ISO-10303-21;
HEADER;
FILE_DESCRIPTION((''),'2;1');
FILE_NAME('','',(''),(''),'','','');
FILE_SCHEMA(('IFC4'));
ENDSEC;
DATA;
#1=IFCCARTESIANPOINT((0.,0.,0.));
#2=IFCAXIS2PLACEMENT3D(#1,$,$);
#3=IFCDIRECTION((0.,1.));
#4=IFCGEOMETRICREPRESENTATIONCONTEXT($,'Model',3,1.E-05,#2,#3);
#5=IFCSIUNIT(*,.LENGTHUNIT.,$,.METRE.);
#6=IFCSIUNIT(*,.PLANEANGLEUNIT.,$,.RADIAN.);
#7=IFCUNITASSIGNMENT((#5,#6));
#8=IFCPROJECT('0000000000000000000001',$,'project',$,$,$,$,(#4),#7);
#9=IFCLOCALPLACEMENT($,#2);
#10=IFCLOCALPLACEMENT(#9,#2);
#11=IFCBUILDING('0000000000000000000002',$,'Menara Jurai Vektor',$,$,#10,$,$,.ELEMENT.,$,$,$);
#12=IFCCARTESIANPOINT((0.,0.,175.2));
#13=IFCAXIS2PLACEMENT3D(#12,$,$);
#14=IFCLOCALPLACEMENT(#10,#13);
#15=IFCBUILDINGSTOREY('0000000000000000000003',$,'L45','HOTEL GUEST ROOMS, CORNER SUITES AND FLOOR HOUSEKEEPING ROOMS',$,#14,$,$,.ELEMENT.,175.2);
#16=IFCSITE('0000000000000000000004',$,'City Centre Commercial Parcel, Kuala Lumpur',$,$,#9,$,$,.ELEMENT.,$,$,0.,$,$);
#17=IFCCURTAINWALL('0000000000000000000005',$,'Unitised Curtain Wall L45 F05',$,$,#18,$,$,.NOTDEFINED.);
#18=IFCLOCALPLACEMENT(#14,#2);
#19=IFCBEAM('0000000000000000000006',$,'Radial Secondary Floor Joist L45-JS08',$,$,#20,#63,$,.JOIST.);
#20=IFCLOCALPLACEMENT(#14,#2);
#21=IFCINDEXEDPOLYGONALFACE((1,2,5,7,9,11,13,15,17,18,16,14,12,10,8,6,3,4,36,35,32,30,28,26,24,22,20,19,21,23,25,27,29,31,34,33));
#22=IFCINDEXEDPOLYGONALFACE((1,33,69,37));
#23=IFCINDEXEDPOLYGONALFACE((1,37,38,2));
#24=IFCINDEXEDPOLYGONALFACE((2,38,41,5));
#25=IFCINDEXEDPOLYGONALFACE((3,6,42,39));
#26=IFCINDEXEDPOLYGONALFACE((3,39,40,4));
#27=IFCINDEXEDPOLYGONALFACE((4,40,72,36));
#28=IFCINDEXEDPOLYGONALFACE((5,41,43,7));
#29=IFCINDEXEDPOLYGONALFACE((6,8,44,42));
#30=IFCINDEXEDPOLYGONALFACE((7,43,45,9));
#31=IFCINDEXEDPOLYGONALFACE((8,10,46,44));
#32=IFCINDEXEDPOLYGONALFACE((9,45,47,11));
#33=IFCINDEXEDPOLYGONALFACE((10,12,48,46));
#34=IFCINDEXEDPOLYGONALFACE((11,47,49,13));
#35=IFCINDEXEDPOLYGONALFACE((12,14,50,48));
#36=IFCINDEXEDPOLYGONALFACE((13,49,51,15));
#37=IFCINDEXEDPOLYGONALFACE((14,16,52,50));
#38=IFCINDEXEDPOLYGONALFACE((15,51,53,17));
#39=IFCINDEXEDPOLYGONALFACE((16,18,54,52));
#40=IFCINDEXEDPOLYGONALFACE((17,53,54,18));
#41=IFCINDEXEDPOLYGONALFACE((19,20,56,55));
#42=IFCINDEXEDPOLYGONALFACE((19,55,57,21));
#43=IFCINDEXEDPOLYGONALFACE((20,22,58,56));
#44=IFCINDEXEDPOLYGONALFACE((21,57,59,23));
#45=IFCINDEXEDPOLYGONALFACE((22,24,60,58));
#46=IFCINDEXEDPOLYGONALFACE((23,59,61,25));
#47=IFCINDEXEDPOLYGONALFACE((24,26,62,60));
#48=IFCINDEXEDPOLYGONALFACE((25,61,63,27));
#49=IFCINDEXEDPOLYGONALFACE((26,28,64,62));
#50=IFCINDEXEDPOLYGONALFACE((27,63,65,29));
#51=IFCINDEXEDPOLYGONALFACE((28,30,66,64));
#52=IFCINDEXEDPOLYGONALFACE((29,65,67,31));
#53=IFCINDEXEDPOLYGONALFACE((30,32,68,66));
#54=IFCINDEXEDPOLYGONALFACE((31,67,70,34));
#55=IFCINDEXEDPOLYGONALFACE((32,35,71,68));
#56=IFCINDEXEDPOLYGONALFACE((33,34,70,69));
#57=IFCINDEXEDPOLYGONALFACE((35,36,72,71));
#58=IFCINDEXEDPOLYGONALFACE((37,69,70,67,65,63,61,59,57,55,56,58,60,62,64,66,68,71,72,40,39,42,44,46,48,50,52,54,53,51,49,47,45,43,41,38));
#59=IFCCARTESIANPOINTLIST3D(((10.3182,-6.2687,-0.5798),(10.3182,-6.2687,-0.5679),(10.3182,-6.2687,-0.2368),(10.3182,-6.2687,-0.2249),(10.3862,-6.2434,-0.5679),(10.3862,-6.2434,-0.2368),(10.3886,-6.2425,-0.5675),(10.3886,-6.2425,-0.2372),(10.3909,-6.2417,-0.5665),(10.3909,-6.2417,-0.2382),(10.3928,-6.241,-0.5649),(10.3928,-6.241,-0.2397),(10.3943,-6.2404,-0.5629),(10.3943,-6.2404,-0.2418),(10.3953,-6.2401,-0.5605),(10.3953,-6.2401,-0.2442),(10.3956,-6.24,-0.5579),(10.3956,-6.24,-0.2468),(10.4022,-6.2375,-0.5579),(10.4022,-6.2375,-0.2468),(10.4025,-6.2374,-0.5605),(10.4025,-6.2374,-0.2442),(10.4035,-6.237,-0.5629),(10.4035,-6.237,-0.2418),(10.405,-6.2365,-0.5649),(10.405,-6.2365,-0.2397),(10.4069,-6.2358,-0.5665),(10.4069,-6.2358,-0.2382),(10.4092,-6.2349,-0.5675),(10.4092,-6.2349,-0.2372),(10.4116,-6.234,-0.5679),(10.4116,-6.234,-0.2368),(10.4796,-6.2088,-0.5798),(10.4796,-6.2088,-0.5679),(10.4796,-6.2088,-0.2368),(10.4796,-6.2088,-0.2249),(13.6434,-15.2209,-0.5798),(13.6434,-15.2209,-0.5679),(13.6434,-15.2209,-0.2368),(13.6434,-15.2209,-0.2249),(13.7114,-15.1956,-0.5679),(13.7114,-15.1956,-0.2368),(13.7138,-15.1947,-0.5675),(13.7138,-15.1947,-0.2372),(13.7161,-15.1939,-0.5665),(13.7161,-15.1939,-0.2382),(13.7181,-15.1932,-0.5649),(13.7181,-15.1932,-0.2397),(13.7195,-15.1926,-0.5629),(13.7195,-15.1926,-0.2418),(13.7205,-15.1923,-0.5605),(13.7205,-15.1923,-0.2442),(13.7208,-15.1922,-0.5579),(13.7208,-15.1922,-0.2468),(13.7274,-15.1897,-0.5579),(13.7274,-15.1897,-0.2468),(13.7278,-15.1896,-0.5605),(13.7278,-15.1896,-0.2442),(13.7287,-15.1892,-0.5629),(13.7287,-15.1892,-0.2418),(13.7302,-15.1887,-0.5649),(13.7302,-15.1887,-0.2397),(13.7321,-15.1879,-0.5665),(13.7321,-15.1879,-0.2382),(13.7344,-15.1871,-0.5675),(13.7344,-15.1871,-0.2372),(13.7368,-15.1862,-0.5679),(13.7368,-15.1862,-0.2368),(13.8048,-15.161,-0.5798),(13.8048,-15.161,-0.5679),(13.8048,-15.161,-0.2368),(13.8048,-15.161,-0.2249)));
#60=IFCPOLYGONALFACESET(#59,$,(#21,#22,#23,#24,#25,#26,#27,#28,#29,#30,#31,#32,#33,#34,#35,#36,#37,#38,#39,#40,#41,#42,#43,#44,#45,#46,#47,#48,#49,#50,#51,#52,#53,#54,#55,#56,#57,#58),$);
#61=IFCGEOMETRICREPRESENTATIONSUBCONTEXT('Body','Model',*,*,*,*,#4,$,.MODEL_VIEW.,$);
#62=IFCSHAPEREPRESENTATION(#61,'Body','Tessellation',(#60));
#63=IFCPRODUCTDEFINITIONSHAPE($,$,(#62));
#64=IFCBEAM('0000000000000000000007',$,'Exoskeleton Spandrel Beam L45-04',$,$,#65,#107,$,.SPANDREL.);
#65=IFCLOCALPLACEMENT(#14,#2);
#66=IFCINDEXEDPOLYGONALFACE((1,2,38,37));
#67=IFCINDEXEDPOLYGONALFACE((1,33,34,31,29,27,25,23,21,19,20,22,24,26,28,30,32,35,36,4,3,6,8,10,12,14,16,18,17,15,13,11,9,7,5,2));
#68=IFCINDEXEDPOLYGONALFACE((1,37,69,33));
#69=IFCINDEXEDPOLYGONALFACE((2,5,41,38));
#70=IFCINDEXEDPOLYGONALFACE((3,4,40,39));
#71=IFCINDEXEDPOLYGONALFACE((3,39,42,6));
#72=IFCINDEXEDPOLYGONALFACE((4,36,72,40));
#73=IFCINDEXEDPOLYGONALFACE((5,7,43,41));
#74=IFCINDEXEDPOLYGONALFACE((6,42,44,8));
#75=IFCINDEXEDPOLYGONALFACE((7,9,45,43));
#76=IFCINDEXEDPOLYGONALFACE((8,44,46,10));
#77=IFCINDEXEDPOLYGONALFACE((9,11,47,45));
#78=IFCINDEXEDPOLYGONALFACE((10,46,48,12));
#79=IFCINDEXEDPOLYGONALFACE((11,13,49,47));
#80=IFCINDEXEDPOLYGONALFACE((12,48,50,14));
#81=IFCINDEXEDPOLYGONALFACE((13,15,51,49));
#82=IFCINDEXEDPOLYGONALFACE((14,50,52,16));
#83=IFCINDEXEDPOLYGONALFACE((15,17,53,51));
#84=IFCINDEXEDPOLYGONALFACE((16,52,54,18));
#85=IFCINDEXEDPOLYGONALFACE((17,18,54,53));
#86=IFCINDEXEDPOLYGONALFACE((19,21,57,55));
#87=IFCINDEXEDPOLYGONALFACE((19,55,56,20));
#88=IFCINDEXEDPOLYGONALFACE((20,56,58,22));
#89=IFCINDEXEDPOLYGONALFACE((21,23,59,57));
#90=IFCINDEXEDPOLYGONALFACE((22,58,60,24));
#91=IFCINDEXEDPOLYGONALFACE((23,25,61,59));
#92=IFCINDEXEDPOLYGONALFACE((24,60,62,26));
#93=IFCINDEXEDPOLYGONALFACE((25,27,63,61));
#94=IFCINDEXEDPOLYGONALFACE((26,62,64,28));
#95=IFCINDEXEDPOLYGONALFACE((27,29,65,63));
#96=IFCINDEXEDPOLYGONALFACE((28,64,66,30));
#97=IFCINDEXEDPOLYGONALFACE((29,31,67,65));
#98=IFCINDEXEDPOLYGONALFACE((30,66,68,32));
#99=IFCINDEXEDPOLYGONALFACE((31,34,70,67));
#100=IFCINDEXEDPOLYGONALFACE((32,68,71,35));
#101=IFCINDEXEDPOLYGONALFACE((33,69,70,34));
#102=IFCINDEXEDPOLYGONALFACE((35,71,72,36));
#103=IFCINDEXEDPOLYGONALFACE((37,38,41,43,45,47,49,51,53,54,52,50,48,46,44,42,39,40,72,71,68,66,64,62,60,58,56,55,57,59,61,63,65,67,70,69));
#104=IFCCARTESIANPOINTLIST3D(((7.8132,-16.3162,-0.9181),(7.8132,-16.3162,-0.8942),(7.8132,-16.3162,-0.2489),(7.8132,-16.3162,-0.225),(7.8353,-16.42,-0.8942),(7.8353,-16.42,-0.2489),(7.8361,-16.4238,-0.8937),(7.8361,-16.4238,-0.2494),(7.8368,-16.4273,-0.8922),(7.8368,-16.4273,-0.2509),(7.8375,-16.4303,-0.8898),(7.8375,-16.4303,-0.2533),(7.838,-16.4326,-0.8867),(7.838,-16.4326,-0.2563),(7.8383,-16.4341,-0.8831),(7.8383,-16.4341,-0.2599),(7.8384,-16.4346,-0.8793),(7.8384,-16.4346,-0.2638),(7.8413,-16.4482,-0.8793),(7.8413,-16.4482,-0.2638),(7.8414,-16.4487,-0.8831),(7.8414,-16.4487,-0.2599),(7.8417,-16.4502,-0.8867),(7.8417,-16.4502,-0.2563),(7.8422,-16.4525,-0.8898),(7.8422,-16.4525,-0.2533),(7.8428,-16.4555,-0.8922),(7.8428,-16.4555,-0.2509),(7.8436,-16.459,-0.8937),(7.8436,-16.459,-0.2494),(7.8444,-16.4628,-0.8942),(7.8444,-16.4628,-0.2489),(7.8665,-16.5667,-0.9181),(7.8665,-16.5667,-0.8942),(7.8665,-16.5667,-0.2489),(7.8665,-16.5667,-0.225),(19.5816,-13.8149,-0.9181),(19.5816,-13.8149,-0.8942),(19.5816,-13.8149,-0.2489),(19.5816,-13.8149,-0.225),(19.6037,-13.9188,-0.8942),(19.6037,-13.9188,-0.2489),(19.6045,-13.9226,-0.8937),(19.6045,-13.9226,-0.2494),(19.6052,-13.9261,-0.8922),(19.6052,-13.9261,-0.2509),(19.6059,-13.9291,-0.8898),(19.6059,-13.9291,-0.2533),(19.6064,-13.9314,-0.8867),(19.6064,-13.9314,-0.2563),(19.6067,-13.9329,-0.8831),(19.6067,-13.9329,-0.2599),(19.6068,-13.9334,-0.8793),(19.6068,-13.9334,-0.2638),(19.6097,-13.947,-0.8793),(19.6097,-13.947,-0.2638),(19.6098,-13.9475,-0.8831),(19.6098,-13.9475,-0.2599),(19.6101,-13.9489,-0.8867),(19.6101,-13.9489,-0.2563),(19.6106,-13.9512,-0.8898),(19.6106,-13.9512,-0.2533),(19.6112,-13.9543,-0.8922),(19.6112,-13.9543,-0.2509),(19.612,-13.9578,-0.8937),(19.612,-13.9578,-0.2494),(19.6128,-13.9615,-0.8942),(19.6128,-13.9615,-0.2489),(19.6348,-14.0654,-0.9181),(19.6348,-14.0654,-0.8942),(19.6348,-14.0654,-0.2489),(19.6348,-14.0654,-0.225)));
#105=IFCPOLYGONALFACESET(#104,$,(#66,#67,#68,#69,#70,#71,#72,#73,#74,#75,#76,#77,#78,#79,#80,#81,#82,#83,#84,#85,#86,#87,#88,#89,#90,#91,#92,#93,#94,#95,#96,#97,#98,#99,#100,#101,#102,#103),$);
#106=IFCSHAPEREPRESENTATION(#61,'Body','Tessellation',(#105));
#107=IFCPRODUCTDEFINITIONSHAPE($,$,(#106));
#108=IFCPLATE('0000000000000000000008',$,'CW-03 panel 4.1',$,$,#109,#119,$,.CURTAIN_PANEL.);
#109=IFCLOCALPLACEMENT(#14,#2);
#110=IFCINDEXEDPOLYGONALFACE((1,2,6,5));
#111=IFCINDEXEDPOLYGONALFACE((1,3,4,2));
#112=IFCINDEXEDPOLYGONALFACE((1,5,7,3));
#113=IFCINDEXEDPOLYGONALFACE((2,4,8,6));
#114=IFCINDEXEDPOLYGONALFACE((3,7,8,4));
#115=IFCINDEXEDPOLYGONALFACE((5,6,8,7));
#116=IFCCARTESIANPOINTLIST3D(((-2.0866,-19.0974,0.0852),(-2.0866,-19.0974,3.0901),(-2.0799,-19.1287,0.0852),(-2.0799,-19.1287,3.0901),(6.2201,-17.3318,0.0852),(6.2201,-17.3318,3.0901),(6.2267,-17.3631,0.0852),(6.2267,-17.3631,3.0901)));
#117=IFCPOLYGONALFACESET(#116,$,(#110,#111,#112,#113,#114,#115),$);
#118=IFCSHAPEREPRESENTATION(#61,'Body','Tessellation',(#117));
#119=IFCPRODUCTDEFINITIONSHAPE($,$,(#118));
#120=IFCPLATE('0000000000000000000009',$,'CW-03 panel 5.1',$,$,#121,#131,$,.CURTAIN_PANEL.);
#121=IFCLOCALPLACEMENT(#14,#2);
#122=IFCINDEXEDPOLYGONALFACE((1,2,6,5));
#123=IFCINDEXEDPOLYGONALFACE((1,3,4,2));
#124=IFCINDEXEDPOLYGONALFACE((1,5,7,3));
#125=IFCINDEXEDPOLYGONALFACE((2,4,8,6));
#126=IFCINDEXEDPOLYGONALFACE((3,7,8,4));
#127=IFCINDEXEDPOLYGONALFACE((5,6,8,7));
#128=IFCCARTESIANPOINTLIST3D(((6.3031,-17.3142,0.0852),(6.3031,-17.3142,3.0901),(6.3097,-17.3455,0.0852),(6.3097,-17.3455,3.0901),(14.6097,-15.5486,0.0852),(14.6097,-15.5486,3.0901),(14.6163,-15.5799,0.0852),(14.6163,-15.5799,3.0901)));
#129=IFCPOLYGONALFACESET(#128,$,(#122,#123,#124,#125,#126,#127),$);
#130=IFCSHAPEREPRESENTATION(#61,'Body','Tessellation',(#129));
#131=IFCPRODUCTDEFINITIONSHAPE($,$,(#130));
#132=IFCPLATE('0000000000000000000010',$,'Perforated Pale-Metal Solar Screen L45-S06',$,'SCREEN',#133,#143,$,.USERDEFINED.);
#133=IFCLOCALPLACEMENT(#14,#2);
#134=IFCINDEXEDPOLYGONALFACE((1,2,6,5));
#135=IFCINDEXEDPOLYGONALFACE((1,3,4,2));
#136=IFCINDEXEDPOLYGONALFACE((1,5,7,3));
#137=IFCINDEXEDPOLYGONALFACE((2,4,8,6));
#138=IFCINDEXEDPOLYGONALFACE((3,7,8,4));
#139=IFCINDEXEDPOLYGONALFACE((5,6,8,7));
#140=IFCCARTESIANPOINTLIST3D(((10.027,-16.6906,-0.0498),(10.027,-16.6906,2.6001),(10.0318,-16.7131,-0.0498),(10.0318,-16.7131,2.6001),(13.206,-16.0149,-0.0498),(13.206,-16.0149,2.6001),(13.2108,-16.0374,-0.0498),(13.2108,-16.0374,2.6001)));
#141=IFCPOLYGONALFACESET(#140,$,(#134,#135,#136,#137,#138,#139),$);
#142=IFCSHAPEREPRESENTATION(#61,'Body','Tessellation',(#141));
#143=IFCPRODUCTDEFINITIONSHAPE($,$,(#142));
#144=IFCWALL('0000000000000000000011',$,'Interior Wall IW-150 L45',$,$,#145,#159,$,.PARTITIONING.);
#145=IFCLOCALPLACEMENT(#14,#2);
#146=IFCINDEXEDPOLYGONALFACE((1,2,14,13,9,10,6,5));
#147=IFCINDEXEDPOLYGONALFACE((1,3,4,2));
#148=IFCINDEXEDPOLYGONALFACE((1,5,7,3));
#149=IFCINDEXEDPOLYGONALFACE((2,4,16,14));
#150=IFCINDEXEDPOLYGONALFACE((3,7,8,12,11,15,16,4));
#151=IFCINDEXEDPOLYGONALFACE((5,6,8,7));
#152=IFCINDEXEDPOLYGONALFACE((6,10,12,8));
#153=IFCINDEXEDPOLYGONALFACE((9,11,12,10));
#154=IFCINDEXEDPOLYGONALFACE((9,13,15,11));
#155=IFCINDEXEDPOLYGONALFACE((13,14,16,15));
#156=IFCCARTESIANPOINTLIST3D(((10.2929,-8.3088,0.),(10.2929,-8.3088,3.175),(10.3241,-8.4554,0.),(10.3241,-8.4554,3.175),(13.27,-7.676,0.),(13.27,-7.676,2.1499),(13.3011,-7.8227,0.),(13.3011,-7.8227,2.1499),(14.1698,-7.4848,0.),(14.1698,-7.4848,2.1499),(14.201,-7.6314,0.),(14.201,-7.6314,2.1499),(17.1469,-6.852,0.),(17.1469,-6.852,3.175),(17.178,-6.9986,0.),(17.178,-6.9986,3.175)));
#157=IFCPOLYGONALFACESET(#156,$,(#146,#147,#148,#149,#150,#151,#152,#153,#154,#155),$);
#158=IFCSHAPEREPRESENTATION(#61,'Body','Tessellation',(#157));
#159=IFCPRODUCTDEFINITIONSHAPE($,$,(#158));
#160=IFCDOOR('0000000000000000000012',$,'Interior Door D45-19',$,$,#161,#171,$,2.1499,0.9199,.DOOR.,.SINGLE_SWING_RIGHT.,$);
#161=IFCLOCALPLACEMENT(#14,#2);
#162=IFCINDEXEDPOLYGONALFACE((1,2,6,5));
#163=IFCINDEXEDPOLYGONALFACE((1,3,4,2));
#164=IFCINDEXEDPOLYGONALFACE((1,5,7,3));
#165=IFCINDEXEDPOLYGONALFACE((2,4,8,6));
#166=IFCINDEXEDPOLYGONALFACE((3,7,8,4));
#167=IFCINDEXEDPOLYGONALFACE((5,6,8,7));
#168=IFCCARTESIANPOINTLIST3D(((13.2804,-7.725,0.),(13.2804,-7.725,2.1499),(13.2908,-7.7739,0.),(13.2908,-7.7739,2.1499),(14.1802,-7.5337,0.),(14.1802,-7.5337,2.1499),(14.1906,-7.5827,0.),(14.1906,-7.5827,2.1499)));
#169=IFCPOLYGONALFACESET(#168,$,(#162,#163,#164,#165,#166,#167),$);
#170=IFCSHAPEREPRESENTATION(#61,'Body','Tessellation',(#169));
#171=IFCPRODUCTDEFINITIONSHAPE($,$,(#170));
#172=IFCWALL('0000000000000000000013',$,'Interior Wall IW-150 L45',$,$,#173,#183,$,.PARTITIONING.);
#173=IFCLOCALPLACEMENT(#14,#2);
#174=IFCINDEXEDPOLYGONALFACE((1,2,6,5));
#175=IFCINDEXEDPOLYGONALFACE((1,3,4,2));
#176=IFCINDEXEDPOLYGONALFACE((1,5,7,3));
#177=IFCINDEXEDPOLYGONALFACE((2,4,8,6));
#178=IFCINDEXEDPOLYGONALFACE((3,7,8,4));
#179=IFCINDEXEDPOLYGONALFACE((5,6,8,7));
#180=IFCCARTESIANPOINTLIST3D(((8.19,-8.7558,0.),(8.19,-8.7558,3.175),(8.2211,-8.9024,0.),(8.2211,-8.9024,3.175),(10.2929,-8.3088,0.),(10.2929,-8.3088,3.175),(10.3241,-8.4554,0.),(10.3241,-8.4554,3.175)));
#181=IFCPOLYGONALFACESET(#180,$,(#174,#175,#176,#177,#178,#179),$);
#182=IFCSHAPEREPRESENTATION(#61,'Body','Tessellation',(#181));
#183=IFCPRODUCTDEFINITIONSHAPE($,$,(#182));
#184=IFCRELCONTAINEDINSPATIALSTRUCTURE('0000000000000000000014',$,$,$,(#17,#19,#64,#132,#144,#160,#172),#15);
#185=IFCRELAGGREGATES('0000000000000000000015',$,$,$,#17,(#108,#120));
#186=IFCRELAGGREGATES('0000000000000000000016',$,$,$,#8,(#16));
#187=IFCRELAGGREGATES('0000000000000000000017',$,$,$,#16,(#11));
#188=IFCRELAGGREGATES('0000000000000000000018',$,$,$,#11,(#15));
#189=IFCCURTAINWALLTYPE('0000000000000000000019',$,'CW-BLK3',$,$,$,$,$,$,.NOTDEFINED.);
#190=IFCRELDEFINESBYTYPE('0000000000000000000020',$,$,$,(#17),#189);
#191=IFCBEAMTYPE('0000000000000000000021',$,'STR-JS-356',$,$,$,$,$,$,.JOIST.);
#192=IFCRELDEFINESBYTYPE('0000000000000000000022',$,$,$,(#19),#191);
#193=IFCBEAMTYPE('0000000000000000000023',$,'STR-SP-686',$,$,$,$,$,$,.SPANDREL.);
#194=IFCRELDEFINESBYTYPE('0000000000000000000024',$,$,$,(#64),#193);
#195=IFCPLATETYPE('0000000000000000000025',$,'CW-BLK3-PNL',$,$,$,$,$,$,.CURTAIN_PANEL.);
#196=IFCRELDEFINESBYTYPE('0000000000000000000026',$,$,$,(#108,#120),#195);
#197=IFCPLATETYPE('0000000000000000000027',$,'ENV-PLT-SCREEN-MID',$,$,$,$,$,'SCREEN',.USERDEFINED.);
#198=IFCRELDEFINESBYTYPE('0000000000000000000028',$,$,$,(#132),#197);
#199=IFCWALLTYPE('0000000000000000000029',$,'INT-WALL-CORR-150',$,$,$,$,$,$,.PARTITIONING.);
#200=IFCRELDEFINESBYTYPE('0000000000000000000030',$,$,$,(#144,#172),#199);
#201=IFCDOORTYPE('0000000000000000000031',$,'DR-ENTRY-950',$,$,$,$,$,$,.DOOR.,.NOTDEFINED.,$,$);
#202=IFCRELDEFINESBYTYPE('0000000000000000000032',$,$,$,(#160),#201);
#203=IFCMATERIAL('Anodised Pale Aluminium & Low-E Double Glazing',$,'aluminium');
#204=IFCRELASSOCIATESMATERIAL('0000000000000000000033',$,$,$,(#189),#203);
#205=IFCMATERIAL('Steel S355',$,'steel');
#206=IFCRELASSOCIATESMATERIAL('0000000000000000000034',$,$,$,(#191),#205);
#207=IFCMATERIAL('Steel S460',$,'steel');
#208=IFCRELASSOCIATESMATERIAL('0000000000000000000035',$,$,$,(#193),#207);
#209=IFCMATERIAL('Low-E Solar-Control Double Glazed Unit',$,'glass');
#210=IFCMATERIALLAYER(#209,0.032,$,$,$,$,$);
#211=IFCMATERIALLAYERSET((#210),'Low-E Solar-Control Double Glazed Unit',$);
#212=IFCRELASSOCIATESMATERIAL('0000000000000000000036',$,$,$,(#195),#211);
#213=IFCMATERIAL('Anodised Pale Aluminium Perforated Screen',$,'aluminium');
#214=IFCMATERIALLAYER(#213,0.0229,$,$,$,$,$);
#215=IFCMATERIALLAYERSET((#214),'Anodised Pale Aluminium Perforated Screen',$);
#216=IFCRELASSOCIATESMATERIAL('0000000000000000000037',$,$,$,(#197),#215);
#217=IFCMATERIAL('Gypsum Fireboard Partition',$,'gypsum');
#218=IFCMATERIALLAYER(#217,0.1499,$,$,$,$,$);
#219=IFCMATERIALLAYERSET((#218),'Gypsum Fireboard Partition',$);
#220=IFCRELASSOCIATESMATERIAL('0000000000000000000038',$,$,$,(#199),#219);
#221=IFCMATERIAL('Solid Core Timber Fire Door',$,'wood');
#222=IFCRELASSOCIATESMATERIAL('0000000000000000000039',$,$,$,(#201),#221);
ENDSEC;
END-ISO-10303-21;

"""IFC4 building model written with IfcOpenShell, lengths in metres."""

from ifc_helpers import new_model, si_unit, direction, frame, frame_2d, origin, origin_2d, place, context, subcontext, project, spatial, rectangle, i_section, extrude, material, layer, layer_set, material_profile, profile_set, type_object, element, fill, aggregate, save


model = new_model("IFC4")

# Units and contexts
model_context = context("Model", 3, precision=1e-05, world=origin(), true_north=direction((0.0, 1.0)))
body_context = subcontext(model_context, "Body", "Model", "MODEL_VIEW")
ifc_project = project(units=[si_unit("LENGTHUNIT", "METRE"), si_unit("PLANEANGLEUNIT", "RADIAN")], contexts=[model_context])

# Site, building, storey
site_placement = place(None, origin())
site = spatial("IfcSite", under=ifc_project, at=site_placement, Name="City Centre Commercial Parcel, Kuala Lumpur", CompositionType="ELEMENT", RefElevation=0.0)
building_placement = place(site_placement, origin())
building = spatial("IfcBuilding", under=site, at=building_placement, Name="Menara Jurai Vektor", CompositionType="ELEMENT")
storey_placement = place(building_placement, frame((0.0, 0.0, 175.2)))
storey = spatial("IfcBuildingStorey", under=building, at=storey_placement, Name="L45", Description="HOTEL GUEST ROOMS, CORNER SUITES AND FLOOR HOUSEKEEPING ROOMS", CompositionType="ELEMENT", Elevation=175.2)

# Shared definitions
ifc_material_1 = material(Name="Steel S460", Category="steel")

# Curtain wall
ifc_material_2 = material(Name="Anodised Pale Aluminium & Low-E Double Glazing", Category="aluminium")
curtain_wall_type = type_object("IfcCurtainWallType", Name="CW-BLK3", PredefinedType="NOTDEFINED", material=ifc_material_2)
curtain_wall_placement = place(storey_placement, origin())
curtain_wall = element("IfcCurtainWall", 1, at=curtain_wall_placement, inside=storey, type_object=curtain_wall_type, Name="Unitised Curtain Wall L45 F05", PredefinedType="NOTDEFINED")

# Beams
ifc_material_3 = material(Name="Steel S355", Category="steel")
ifc_material_profile_1 = material_profile(ifc_material_3, i_section(OverallWidth=0.1721, OverallDepth=0.355, WebThickness=0.0071, FlangeThickness=0.012, FilletRadius=0.01, at=origin_2d()), Name="UKB 356x171x51")
ifc_profile_set_1 = profile_set([ifc_material_profile_1], Name="Steel S355")
beam_type_1 = type_object("IfcBeamType", Name="STR-JS-356", PredefinedType="JOIST", material=ifc_profile_set_1)
beam_1_placement = place(storey_placement, frame((13.7241, -15.1909, -0.4023), z_axis=(-0.348197, 0.937421, 0.0), x_axis=(-0.937421, -0.348197, 0.0)))
element("IfcBeam", 2, at=beam_1_placement, inside=storey, type_object=beam_type_1, Name="Radial Secondary Floor Joist L45-JS08", PredefinedType="JOIST", context=body_context, shape_type="SweptSolid", body=[
    extrude(i_section(OverallWidth=0.1721, OverallDepth=0.355, WebThickness=0.0071, FlangeThickness=0.012, FilletRadius=0.01, at=origin_2d()), origin(), (0.0, 0.0, 1.0), 9.5498),
])
ifc_material_profile_2 = material_profile(ifc_material_1, i_section(OverallWidth=0.2561, OverallDepth=0.6931, WebThickness=0.0139, FlangeThickness=0.0239, FilletRadius=0.0149, at=origin_2d()), Name="UKB 686x254x170")
ifc_profile_set_2 = profile_set([ifc_material_profile_2], Name="Steel S460")
beam_type_2 = type_object("IfcBeamType", Name="STR-SP-686", PredefinedType="SPANDREL", material=ifc_profile_set_2)
beam_2_placement = place(storey_placement, frame((7.8398, -16.4414, -0.5715), z_axis=(0.978151, 0.207895, 0.0), x_axis=(-0.207895, 0.978151, 0.0)))
element("IfcBeam", 3, at=beam_2_placement, inside=storey, type_object=beam_type_2, Name="Exoskeleton Spandrel Beam L45-04", PredefinedType="SPANDREL", context=body_context, shape_type="SweptSolid", body=[
    extrude(i_section(OverallWidth=0.2561, OverallDepth=0.6931, WebThickness=0.0139, FlangeThickness=0.0239, FilletRadius=0.0149, at=origin_2d()), origin(), (0.0, 0.0, 1.0), 12.0312),
])

# Plates
ifc_material_4 = material(Name="Low-E Solar-Control Double Glazed Unit", Category="glass")
ifc_layer_1 = layer(ifc_material_4, 0.032)
ifc_layer_set_1 = layer_set([ifc_layer_1], Name="Low-E Solar-Control Double Glazed Unit")
plate_type_1 = type_object("IfcPlateType", Name="CW-BLK3-PNL", PredefinedType="CURTAIN_PANEL", material=ifc_layer_set_1)
plate_1_placement = place(storey_placement, frame((2.0701, -18.2302, 0.0852), z_axis=(0.0, 0.0, 1.0), x_axis=(0.978148, 0.207911, 0.0)))
plate_1 = element("IfcPlate", 4, at=plate_1_placement, type_object=plate_type_1, Name="CW-03 panel 4.1", PredefinedType="CURTAIN_PANEL", context=body_context, shape_type="SweptSolid", body=[
    extrude(rectangle(XDim=8.4922, YDim=0.032, at=origin_2d()), origin(), (0.0, 0.0, 1.0), 3.0049),
])
plate_2_placement = place(storey_placement, frame((10.4597, -16.447, 0.0852), z_axis=(0.0, 0.0, 1.0), x_axis=(0.978148, 0.207911, 0.0)))
plate_2 = element("IfcPlate", 5, at=plate_2_placement, type_object=plate_type_1, Name="CW-03 panel 5.1", PredefinedType="CURTAIN_PANEL", context=body_context, shape_type="SweptSolid", body=[
    extrude(rectangle(XDim=8.4922, YDim=0.032, at=origin_2d()), origin(), (0.0, 0.0, 1.0), 3.0049),
])
aggregate(curtain_wall, [plate_1, plate_2])
ifc_material_5 = material(Name="Anodised Pale Aluminium Perforated Screen", Category="aluminium")
ifc_layer_2 = layer(ifc_material_5, 0.0229)
ifc_layer_set_2 = layer_set([ifc_layer_2], Name="Anodised Pale Aluminium Perforated Screen")
plate_type_2 = type_object("IfcPlateType", Name="ENV-PLT-SCREEN-MID", ElementType="SCREEN", PredefinedType="USERDEFINED", material=ifc_layer_set_2)
plate_3_placement = place(storey_placement, frame((11.6189, -16.364, -0.0498), z_axis=(0.0, 0.0, 1.0), x_axis=(0.978148, 0.207912, 0.0)))
element("IfcPlate", 6, at=plate_3_placement, inside=storey, type_object=plate_type_2, Name="Perforated Pale-Metal Solar Screen L45-S06", ObjectType="SCREEN", PredefinedType="USERDEFINED", context=body_context, shape_type="SweptSolid", body=[
    extrude(rectangle(XDim=3.25, YDim=0.0229, at=origin_2d()), origin(), (0.0, 0.0, 1.0), 2.6499),
])

# Wall, opening, door
ifc_material_6 = material(Name="Gypsum Fireboard Partition", Category="gypsum")
ifc_layer_3 = layer(ifc_material_6, 0.1499)
ifc_layer_set_3 = layer_set([ifc_layer_3], Name="Gypsum Fireboard Partition")
wall_type_1 = type_object("IfcWallType", Name="INT-WALL-CORR-150", PredefinedType="PARTITIONING", material=ifc_layer_set_3)
wall_1_placement = place(storey_placement, frame((10.3086, -8.3821, 0.0), z_axis=(0.0, 0.0, 1.0), x_axis=(0.97815, 0.207901, 0.0)))
wall_1 = element("IfcWall", 7, at=wall_1_placement, inside=storey, type_object=wall_type_1, Name="Interior Wall IW-150 L45", PredefinedType="PARTITIONING", context=body_context, shape_type="SweptSolid", body=[
    extrude(rectangle(XDim=7.0071, YDim=0.1499, at=frame_2d((3.5034, 0.0))), origin(), (0.0, 0.0, 1.0), 3.175),
])
opening_1_placement = place(wall_1_placement, frame((3.0435, 0.0, 0.0)))
opening_1 = element("IfcOpeningElement", 8, at=opening_1_placement, cuts=wall_1, PredefinedType="OPENING", context=body_context, shape_type="SweptSolid", body=[
    extrude(rectangle(XDim=0.9199, YDim=2.1499, at=frame_2d((0.46, 1.075))), frame((0.0, 0.085, 0.0), z_axis=(0.0, -1.0, 0.0), x_axis=(1.0, 0.0, 0.0)), (0.0, 0.0, 1.0), 0.1699),
])
ifc_material_7 = material(Name="Solid Core Timber Fire Door", Category="wood")
door_type_1 = type_object("IfcDoorType", Name="DR-ENTRY-950", OperationType="NOTDEFINED", PredefinedType="DOOR", material=ifc_material_7)
door_1_placement = place(opening_1_placement, origin())
door_1 = element("IfcDoor", 9, at=door_1_placement, inside=storey, type_object=door_type_1, Name="Interior Door D45-19", OperationType="SINGLE_SWING_RIGHT", OverallHeight=2.1499, OverallWidth=0.9199, PredefinedType="DOOR", context=body_context, shape_type="SweptSolid", body=[
    extrude(rectangle(XDim=0.9199, YDim=2.1499, at=frame_2d((0.46, 1.075))), frame((0.0, 0.0249, 0.0), z_axis=(0.0, -1.0, 0.0), x_axis=(1.0, 0.0, 0.0)), (0.0, 0.0, 1.0), 0.05),
])
fill(opening_1, door_1)

# Wall
wall_2_placement = place(storey_placement, frame((8.2056, -8.8291, 0.0), z_axis=(0.0, 0.0, 1.0), x_axis=(0.978147, 0.207916, 0.0)))
element("IfcWall", 10, at=wall_2_placement, inside=storey, type_object=wall_type_1, Name="Interior Wall IW-150 L45", PredefinedType="PARTITIONING", context=body_context, shape_type="SweptSolid", body=[
    extrude(rectangle(XDim=2.1499, YDim=0.1499, at=frame_2d((1.075, 0.0))), origin(), (0.0, 0.0, 1.0), 3.175),
])

save(model, "model.ifc")
